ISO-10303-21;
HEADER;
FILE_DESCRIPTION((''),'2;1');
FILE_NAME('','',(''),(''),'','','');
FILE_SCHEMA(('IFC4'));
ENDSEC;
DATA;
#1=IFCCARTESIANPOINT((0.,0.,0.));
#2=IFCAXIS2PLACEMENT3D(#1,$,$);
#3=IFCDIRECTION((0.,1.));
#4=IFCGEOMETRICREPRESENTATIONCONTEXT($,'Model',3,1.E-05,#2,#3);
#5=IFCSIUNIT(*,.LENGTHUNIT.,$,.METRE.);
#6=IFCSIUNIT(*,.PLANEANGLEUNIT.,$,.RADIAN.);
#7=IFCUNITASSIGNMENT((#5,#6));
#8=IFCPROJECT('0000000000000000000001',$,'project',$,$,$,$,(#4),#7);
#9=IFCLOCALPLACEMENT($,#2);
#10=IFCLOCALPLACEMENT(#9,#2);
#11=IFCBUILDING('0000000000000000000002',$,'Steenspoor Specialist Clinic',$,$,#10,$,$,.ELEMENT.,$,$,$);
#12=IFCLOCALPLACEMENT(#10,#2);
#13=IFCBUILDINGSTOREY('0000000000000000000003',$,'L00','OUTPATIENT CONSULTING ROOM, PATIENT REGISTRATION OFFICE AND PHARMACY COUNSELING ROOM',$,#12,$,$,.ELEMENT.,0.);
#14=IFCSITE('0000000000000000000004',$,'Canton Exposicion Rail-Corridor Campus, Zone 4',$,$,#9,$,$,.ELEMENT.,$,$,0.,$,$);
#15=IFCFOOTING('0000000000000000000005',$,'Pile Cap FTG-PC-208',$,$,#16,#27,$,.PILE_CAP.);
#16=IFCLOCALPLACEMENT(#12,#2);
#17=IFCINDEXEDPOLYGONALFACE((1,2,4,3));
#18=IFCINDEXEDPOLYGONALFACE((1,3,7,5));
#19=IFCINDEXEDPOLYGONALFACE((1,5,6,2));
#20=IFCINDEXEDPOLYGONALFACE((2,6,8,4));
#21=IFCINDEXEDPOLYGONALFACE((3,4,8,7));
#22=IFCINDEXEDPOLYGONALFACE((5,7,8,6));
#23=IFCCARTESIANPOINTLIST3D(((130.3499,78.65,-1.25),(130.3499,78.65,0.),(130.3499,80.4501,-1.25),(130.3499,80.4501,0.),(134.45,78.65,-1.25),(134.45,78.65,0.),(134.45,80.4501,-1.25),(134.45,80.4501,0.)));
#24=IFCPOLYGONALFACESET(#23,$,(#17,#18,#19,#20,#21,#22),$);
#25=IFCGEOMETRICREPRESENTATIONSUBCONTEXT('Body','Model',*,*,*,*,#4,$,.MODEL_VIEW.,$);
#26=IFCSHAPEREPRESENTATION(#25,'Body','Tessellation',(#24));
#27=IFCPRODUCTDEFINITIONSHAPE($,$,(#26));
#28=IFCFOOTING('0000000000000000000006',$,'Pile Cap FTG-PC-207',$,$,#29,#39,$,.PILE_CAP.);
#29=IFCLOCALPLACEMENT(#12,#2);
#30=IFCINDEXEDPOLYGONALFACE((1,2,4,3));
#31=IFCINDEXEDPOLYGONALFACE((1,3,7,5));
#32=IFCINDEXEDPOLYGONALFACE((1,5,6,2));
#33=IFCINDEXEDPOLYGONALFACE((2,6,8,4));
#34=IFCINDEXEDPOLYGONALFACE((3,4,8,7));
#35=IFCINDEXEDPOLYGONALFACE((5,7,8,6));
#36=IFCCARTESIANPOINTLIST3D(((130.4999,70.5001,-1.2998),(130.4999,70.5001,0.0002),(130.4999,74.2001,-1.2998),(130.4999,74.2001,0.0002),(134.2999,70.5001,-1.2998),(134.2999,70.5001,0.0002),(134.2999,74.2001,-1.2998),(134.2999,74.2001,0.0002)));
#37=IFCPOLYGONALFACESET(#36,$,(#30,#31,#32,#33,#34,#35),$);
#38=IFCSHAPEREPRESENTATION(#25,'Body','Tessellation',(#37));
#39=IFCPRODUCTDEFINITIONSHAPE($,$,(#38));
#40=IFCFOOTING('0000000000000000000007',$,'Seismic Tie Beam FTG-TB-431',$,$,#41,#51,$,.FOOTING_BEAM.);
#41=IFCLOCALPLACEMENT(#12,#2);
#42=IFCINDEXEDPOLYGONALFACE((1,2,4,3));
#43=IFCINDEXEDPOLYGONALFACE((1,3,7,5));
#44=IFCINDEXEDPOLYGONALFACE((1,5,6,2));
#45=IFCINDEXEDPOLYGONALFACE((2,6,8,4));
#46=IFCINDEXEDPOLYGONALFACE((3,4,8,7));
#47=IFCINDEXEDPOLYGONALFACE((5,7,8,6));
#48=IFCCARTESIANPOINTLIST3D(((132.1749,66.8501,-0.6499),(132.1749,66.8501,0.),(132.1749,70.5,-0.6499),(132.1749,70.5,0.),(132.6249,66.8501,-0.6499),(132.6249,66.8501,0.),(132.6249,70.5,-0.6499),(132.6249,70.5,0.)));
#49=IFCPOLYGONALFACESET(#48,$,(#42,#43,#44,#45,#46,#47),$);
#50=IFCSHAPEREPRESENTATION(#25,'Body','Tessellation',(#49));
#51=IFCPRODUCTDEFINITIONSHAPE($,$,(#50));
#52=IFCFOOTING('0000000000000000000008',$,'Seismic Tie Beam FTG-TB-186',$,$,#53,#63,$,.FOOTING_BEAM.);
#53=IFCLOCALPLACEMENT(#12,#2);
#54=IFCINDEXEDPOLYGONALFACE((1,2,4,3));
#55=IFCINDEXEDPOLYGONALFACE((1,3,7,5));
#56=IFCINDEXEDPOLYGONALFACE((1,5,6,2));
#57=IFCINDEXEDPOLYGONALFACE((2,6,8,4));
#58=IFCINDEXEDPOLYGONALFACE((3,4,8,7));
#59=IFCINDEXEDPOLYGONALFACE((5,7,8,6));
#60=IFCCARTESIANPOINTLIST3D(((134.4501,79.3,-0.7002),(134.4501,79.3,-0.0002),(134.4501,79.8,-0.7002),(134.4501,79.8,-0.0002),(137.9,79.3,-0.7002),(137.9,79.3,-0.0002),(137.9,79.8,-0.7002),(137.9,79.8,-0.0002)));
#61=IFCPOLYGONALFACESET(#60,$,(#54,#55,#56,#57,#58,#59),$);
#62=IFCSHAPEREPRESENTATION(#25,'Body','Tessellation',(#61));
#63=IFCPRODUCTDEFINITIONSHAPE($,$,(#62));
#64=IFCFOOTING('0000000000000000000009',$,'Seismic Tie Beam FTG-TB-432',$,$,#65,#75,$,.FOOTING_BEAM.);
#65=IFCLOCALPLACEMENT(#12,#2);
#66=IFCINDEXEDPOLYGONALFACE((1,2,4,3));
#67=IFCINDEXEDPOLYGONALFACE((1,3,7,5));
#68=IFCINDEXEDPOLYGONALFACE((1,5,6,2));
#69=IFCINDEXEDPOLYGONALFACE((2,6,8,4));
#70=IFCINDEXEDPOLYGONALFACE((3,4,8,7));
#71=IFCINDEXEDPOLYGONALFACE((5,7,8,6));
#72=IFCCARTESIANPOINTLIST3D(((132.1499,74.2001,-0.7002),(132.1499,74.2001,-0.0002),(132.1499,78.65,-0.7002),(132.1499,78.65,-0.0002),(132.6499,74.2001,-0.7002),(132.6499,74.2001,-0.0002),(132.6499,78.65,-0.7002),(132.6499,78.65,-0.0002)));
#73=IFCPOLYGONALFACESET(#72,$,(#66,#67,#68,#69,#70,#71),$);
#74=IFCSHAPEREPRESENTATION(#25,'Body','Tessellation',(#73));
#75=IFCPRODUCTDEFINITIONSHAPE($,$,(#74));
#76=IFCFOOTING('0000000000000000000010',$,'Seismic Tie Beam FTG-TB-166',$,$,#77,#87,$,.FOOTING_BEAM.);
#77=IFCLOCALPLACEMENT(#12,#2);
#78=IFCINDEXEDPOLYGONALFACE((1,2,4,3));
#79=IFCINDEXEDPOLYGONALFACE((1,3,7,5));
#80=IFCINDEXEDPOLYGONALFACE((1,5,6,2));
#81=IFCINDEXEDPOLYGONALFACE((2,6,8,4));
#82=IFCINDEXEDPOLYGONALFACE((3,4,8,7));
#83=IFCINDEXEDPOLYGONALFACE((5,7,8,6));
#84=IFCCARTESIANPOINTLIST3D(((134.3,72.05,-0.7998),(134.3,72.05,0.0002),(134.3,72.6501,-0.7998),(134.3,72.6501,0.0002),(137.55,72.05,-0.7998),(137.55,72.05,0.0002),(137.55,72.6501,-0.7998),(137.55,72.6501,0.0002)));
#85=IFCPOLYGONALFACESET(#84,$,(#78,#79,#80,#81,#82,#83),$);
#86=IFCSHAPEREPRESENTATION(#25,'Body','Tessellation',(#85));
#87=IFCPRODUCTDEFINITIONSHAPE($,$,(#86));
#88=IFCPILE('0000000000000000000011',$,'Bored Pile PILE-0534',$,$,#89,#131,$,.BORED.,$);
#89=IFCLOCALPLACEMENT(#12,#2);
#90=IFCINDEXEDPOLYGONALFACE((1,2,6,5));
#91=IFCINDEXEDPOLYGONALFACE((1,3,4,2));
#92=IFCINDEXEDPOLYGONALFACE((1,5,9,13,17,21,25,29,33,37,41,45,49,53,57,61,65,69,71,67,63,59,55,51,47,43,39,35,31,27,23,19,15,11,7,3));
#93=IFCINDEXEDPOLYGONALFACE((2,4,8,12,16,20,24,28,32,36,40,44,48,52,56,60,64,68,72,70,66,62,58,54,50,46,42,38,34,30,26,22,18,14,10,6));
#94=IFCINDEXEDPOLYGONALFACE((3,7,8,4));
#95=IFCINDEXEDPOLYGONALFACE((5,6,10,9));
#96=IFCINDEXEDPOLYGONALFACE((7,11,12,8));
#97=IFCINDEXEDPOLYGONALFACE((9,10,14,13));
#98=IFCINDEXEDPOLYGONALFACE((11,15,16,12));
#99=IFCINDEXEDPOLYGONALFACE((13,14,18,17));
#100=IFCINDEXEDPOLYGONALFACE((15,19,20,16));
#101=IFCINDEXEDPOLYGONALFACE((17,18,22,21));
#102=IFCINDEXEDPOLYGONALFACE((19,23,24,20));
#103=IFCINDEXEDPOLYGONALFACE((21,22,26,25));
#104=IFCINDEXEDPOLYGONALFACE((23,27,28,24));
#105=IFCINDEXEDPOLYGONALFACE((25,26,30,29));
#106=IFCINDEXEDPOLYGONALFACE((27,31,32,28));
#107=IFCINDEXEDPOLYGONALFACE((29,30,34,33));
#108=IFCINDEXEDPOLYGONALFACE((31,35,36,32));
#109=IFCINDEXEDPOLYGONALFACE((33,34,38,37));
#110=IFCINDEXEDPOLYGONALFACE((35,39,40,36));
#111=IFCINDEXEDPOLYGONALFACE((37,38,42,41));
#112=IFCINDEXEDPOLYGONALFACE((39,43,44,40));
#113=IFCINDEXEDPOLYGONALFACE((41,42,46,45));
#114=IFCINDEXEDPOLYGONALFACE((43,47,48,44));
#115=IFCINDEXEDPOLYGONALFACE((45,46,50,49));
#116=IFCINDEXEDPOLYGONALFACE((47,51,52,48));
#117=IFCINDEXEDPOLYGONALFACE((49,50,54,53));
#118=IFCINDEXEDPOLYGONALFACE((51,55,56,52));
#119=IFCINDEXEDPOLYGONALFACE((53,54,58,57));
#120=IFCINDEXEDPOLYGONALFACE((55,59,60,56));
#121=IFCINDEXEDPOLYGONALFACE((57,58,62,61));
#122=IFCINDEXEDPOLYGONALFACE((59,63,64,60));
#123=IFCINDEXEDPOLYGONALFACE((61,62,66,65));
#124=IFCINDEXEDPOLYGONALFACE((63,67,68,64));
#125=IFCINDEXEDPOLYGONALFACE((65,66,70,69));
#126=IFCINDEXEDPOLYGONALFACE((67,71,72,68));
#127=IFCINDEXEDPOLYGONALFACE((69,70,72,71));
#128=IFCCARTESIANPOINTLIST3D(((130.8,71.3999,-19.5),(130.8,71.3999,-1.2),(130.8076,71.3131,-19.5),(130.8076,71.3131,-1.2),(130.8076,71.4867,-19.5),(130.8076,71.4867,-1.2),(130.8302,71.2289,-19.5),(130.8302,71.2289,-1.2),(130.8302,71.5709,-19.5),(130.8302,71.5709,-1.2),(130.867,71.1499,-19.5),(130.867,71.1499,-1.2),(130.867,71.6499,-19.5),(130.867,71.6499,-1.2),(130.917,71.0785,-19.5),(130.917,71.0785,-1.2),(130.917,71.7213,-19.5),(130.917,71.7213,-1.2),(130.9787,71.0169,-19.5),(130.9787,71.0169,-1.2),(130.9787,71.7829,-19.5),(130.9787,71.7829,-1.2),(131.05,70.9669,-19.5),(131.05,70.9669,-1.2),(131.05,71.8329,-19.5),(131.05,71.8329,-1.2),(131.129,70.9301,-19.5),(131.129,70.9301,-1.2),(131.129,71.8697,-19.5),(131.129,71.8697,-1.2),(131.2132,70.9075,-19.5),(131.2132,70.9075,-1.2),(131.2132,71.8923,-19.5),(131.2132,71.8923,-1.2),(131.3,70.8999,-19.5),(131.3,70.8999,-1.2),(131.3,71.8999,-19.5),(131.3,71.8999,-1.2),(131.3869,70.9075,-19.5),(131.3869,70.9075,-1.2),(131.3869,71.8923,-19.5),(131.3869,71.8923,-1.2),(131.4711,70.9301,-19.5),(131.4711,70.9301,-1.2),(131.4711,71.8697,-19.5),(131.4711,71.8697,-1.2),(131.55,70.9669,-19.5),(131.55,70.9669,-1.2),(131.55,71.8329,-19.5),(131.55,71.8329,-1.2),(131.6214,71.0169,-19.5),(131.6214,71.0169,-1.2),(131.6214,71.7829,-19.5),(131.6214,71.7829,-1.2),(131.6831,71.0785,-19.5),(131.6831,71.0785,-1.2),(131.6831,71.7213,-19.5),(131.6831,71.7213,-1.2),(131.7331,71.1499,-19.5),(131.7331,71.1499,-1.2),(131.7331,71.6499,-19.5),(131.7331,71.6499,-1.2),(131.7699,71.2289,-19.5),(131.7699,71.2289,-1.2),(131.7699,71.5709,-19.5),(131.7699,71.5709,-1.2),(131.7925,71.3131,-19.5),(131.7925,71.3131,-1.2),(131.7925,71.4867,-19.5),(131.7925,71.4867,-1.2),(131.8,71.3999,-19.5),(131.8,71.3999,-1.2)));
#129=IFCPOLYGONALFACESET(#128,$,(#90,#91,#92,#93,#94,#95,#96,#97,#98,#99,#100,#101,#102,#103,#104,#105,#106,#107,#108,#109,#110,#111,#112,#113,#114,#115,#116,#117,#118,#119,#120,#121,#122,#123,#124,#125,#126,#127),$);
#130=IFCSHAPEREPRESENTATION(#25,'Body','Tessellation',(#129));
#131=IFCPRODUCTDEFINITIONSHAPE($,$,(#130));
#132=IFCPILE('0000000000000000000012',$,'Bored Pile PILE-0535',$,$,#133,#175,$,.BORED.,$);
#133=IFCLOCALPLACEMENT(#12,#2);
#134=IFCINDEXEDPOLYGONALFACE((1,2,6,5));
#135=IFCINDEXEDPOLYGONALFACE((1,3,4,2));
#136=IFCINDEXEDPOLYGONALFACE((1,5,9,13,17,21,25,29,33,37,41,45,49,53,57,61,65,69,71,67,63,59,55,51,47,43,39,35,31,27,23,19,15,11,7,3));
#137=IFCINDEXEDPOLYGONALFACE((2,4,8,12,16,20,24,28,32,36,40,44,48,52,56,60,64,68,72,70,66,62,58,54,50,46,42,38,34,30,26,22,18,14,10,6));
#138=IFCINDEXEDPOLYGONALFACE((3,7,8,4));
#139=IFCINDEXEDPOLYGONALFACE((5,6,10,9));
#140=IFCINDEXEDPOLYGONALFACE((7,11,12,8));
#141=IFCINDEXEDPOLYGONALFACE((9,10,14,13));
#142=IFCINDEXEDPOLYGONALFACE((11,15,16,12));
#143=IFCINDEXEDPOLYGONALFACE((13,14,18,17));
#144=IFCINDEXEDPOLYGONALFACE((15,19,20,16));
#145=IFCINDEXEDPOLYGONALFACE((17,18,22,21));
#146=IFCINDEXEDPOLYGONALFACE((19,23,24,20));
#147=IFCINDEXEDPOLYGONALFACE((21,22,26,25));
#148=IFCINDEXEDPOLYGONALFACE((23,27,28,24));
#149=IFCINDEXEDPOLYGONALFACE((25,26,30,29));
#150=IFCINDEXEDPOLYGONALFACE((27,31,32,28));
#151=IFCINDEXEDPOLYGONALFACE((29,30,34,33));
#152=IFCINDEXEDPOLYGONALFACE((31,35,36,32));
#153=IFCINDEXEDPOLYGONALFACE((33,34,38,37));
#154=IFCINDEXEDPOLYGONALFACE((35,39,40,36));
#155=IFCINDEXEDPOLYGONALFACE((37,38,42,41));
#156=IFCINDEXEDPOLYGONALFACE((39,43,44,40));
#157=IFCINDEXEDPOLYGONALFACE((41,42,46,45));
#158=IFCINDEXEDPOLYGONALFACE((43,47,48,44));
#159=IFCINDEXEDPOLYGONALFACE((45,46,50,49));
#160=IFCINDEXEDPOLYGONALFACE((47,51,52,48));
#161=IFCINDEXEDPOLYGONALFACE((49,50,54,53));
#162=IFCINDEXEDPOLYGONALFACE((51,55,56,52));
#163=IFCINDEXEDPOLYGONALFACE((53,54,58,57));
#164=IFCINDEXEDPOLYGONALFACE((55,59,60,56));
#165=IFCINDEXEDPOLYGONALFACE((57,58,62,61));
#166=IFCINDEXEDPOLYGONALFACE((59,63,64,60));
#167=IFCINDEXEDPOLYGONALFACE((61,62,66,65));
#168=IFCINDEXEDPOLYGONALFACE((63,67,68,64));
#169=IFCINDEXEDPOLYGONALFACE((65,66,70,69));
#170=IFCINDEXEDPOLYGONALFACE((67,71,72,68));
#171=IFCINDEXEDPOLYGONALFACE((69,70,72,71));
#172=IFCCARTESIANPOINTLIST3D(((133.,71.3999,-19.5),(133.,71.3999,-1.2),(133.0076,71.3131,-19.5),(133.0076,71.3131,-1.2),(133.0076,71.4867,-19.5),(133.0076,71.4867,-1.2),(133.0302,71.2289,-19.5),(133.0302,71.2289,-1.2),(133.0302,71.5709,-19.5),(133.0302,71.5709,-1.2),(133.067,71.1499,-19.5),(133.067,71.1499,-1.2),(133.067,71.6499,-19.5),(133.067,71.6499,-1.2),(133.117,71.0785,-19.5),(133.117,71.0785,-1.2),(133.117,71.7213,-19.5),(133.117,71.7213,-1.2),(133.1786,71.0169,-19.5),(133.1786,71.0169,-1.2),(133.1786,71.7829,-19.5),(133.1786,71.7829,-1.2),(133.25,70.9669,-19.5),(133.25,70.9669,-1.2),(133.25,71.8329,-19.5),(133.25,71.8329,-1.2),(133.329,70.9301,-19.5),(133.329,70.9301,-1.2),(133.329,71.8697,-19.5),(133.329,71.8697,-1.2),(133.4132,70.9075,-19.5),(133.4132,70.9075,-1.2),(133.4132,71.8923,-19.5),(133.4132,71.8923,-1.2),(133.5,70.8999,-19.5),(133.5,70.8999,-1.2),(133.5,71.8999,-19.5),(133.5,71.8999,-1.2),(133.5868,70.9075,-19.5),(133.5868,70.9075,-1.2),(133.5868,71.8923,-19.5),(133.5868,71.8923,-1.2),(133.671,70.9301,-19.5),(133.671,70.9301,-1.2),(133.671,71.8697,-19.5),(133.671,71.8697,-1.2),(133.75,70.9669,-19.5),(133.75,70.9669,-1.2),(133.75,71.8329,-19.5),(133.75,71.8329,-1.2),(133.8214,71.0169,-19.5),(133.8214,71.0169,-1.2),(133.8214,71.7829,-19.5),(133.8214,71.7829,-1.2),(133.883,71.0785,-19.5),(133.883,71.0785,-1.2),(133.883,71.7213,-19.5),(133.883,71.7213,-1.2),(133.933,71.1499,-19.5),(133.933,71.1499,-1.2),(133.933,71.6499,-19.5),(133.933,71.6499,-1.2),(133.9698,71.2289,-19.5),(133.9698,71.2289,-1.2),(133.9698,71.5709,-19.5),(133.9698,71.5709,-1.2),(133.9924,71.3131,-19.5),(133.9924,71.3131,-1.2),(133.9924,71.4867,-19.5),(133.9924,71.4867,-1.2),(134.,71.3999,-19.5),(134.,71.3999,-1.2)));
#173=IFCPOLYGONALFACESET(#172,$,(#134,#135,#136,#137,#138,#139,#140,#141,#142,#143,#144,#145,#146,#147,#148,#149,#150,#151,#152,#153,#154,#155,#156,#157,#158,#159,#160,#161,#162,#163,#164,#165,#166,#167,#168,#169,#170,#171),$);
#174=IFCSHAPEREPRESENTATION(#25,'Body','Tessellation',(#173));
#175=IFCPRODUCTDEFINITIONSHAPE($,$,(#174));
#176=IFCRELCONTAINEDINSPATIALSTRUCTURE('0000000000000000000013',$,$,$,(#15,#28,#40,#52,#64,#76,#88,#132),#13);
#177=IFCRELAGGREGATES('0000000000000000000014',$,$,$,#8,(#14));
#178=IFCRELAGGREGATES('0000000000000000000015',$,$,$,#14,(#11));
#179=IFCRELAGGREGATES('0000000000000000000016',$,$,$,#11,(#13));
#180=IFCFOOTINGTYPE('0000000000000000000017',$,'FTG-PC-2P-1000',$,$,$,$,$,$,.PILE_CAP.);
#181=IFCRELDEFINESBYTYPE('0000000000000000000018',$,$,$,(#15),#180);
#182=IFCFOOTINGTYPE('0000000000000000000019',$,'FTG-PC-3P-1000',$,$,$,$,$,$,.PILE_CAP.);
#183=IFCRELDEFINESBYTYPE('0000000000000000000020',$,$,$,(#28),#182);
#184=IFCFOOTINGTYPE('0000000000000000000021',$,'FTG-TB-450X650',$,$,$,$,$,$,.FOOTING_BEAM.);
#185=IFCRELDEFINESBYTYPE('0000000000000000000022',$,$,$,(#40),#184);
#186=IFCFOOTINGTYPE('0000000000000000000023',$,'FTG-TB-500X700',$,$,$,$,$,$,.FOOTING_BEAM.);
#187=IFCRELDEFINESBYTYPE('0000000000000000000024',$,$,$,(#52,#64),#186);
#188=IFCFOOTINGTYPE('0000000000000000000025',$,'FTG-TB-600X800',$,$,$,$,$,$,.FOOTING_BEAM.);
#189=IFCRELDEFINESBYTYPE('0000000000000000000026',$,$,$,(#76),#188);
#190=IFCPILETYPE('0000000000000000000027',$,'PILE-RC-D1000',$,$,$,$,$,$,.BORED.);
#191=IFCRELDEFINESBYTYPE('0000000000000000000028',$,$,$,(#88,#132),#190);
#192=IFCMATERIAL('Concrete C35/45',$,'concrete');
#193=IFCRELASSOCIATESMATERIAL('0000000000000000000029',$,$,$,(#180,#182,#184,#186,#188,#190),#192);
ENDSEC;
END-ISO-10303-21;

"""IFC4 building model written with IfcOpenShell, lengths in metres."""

from ifc_helpers import new_model, si_unit, direction, frame, origin, origin_2d, place, context, subcontext, project, spatial, rectangle, circle, extrude, material, material_profile, profile_set, type_object, element, save


model = new_model("IFC4")

# Units and contexts
model_context = context("Model", 3, precision=1e-05, world=origin(), true_north=direction((0.0, 1.0)))
body_context = subcontext(model_context, "Body", "Model", "MODEL_VIEW")
ifc_project = project(units=[si_unit("LENGTHUNIT", "METRE"), si_unit("PLANEANGLEUNIT", "RADIAN")], contexts=[model_context])

# Site, building, storey
site_placement = place(None, origin())
site = spatial("IfcSite", under=ifc_project, at=site_placement, Name="Canton Exposicion Rail-Corridor Campus, Zone 4", CompositionType="ELEMENT", RefElevation=0.0)
building_placement = place(site_placement, origin())
building = spatial("IfcBuilding", under=site, at=building_placement, Name="Steenspoor Specialist Clinic", CompositionType="ELEMENT")
storey_placement = place(building_placement, origin())
storey = spatial("IfcBuildingStorey", under=building, at=storey_placement, Name="L00", Description="OUTPATIENT CONSULTING ROOM, PATIENT REGISTRATION OFFICE AND PHARMACY COUNSELING ROOM", CompositionType="ELEMENT", Elevation=0.0)

# Footings
ifc_material_1 = material(Name="Concrete C35/45", Category="concrete")
footing_type_1 = type_object("IfcFootingType", Name="FTG-PC-2P-1000", PredefinedType="PILE_CAP", material=ifc_material_1)
footing_1_placement = place(storey_placement, frame((132.3999, 79.55, -1.25), z_axis=(0.0, 0.0, 1.0), x_axis=(1.0, 0.0, 0.0)))
element("IfcFooting", 1, at=footing_1_placement, inside=storey, type_object=footing_type_1, Name="Pile Cap FTG-PC-208", PredefinedType="PILE_CAP", context=body_context, shape_type="SweptSolid", body=[
    extrude(rectangle(XDim=4.1001, YDim=1.8, at=origin_2d()), origin(), (0.0, 0.0, 1.0), 1.25),
])
footing_type_2 = type_object("IfcFootingType", Name="FTG-PC-3P-1000", PredefinedType="PILE_CAP", material=ifc_material_1)
footing_2_placement = place(storey_placement, frame((132.3999, 72.3501, -1.2998), z_axis=(0.0, 0.0, 1.0), x_axis=(1.0, 0.0, 0.0)))
element("IfcFooting", 2, at=footing_2_placement, inside=storey, type_object=footing_type_2, Name="Pile Cap FTG-PC-207", PredefinedType="PILE_CAP", context=body_context, shape_type="SweptSolid", body=[
    extrude(rectangle(XDim=3.8, YDim=3.7, at=origin_2d()), origin(), (0.0, 0.0, 1.0), 1.3),
])
footing_type_3 = type_object("IfcFootingType", Name="FTG-TB-450X650", PredefinedType="FOOTING_BEAM", material=ifc_material_1)
footing_3_placement = place(storey_placement, frame((132.3999, 68.675, -0.6499), z_axis=(0.0, 0.0, 1.0), x_axis=(1.0, 0.0, 0.0)))
element("IfcFooting", 3, at=footing_3_placement, inside=storey, type_object=footing_type_3, Name="Seismic Tie Beam FTG-TB-431", PredefinedType="FOOTING_BEAM", context=body_context, shape_type="SweptSolid", body=[
    extrude(rectangle(XDim=0.45, YDim=3.6499, at=origin_2d()), origin(), (0.0, 0.0, 1.0), 0.6499),
])
footing_type_4 = type_object("IfcFootingType", Name="FTG-TB-500X700", PredefinedType="FOOTING_BEAM", material=ifc_material_1)
footing_4_placement = place(storey_placement, frame((136.175, 79.55, -0.7002), z_axis=(0.0, 0.0, 1.0), x_axis=(1.0, 0.0, 0.0)))
element("IfcFooting", 4, at=footing_4_placement, inside=storey, type_object=footing_type_4, Name="Seismic Tie Beam FTG-TB-186", PredefinedType="FOOTING_BEAM", context=body_context, shape_type="SweptSolid", body=[
    extrude(rectangle(XDim=3.45, YDim=0.5, at=origin_2d()), origin(), (0.0, 0.0, 1.0), 0.7),
])
footing_5_placement = place(storey_placement, frame((132.3999, 76.425, -0.7002), z_axis=(0.0, 0.0, 1.0), x_axis=(1.0, 0.0, 0.0)))
element("IfcFooting", 5, at=footing_5_placement, inside=storey, type_object=footing_type_4, Name="Seismic Tie Beam FTG-TB-432", PredefinedType="FOOTING_BEAM", context=body_context, shape_type="SweptSolid", body=[
    extrude(rectangle(XDim=0.5, YDim=4.45, at=origin_2d()), origin(), (0.0, 0.0, 1.0), 0.7),
])
footing_type_5 = type_object("IfcFootingType", Name="FTG-TB-600X800", PredefinedType="FOOTING_BEAM", material=ifc_material_1)
footing_6_placement = place(storey_placement, frame((135.925, 72.3501, -0.7998), z_axis=(0.0, 0.0, 1.0), x_axis=(1.0, 0.0, 0.0)))
element("IfcFooting", 6, at=footing_6_placement, inside=storey, type_object=footing_type_5, Name="Seismic Tie Beam FTG-TB-166", PredefinedType="FOOTING_BEAM", context=body_context, shape_type="SweptSolid", body=[
    extrude(rectangle(XDim=3.25, YDim=0.6001, at=origin_2d()), origin(), (0.0, 0.0, 1.0), 0.8),
])

# Piles
ifc_material_profile_1 = material_profile(ifc_material_1, circle(Radius=0.5, at=origin_2d()), Name="PILE-D1000")
ifc_profile_set_1 = profile_set([ifc_material_profile_1], Name="Concrete C35/45")
pile_type = type_object("IfcPileType", Name="PILE-RC-D1000", PredefinedType="BORED", material=ifc_profile_set_1)
for number, where, z_axis, x_axis, name in (
    (7, (131.3, 71.3999, -1.2), (0.0, 0.0, -1.0), (1.0, 0.0, 0.0), "Bored Pile PILE-0534"),
    (8, (133.5, 71.3999, -1.2), (0.0, 0.0, -1.0), (1.0, 0.0, 0.0), "Bored Pile PILE-0535"),
):
    element("IfcPile", number, at=place(storey_placement, frame(where, z_axis=z_axis, x_axis=x_axis)), inside=storey, type_object=pile_type, Name=name, PredefinedType="BORED", context=body_context, shape_type="SweptSolid", body=[
        extrude(circle(Radius=0.5, at=origin_2d()), origin(), (0.0, 0.0, 1.0), 18.3),
    ])

save(model, "model.ifc")
